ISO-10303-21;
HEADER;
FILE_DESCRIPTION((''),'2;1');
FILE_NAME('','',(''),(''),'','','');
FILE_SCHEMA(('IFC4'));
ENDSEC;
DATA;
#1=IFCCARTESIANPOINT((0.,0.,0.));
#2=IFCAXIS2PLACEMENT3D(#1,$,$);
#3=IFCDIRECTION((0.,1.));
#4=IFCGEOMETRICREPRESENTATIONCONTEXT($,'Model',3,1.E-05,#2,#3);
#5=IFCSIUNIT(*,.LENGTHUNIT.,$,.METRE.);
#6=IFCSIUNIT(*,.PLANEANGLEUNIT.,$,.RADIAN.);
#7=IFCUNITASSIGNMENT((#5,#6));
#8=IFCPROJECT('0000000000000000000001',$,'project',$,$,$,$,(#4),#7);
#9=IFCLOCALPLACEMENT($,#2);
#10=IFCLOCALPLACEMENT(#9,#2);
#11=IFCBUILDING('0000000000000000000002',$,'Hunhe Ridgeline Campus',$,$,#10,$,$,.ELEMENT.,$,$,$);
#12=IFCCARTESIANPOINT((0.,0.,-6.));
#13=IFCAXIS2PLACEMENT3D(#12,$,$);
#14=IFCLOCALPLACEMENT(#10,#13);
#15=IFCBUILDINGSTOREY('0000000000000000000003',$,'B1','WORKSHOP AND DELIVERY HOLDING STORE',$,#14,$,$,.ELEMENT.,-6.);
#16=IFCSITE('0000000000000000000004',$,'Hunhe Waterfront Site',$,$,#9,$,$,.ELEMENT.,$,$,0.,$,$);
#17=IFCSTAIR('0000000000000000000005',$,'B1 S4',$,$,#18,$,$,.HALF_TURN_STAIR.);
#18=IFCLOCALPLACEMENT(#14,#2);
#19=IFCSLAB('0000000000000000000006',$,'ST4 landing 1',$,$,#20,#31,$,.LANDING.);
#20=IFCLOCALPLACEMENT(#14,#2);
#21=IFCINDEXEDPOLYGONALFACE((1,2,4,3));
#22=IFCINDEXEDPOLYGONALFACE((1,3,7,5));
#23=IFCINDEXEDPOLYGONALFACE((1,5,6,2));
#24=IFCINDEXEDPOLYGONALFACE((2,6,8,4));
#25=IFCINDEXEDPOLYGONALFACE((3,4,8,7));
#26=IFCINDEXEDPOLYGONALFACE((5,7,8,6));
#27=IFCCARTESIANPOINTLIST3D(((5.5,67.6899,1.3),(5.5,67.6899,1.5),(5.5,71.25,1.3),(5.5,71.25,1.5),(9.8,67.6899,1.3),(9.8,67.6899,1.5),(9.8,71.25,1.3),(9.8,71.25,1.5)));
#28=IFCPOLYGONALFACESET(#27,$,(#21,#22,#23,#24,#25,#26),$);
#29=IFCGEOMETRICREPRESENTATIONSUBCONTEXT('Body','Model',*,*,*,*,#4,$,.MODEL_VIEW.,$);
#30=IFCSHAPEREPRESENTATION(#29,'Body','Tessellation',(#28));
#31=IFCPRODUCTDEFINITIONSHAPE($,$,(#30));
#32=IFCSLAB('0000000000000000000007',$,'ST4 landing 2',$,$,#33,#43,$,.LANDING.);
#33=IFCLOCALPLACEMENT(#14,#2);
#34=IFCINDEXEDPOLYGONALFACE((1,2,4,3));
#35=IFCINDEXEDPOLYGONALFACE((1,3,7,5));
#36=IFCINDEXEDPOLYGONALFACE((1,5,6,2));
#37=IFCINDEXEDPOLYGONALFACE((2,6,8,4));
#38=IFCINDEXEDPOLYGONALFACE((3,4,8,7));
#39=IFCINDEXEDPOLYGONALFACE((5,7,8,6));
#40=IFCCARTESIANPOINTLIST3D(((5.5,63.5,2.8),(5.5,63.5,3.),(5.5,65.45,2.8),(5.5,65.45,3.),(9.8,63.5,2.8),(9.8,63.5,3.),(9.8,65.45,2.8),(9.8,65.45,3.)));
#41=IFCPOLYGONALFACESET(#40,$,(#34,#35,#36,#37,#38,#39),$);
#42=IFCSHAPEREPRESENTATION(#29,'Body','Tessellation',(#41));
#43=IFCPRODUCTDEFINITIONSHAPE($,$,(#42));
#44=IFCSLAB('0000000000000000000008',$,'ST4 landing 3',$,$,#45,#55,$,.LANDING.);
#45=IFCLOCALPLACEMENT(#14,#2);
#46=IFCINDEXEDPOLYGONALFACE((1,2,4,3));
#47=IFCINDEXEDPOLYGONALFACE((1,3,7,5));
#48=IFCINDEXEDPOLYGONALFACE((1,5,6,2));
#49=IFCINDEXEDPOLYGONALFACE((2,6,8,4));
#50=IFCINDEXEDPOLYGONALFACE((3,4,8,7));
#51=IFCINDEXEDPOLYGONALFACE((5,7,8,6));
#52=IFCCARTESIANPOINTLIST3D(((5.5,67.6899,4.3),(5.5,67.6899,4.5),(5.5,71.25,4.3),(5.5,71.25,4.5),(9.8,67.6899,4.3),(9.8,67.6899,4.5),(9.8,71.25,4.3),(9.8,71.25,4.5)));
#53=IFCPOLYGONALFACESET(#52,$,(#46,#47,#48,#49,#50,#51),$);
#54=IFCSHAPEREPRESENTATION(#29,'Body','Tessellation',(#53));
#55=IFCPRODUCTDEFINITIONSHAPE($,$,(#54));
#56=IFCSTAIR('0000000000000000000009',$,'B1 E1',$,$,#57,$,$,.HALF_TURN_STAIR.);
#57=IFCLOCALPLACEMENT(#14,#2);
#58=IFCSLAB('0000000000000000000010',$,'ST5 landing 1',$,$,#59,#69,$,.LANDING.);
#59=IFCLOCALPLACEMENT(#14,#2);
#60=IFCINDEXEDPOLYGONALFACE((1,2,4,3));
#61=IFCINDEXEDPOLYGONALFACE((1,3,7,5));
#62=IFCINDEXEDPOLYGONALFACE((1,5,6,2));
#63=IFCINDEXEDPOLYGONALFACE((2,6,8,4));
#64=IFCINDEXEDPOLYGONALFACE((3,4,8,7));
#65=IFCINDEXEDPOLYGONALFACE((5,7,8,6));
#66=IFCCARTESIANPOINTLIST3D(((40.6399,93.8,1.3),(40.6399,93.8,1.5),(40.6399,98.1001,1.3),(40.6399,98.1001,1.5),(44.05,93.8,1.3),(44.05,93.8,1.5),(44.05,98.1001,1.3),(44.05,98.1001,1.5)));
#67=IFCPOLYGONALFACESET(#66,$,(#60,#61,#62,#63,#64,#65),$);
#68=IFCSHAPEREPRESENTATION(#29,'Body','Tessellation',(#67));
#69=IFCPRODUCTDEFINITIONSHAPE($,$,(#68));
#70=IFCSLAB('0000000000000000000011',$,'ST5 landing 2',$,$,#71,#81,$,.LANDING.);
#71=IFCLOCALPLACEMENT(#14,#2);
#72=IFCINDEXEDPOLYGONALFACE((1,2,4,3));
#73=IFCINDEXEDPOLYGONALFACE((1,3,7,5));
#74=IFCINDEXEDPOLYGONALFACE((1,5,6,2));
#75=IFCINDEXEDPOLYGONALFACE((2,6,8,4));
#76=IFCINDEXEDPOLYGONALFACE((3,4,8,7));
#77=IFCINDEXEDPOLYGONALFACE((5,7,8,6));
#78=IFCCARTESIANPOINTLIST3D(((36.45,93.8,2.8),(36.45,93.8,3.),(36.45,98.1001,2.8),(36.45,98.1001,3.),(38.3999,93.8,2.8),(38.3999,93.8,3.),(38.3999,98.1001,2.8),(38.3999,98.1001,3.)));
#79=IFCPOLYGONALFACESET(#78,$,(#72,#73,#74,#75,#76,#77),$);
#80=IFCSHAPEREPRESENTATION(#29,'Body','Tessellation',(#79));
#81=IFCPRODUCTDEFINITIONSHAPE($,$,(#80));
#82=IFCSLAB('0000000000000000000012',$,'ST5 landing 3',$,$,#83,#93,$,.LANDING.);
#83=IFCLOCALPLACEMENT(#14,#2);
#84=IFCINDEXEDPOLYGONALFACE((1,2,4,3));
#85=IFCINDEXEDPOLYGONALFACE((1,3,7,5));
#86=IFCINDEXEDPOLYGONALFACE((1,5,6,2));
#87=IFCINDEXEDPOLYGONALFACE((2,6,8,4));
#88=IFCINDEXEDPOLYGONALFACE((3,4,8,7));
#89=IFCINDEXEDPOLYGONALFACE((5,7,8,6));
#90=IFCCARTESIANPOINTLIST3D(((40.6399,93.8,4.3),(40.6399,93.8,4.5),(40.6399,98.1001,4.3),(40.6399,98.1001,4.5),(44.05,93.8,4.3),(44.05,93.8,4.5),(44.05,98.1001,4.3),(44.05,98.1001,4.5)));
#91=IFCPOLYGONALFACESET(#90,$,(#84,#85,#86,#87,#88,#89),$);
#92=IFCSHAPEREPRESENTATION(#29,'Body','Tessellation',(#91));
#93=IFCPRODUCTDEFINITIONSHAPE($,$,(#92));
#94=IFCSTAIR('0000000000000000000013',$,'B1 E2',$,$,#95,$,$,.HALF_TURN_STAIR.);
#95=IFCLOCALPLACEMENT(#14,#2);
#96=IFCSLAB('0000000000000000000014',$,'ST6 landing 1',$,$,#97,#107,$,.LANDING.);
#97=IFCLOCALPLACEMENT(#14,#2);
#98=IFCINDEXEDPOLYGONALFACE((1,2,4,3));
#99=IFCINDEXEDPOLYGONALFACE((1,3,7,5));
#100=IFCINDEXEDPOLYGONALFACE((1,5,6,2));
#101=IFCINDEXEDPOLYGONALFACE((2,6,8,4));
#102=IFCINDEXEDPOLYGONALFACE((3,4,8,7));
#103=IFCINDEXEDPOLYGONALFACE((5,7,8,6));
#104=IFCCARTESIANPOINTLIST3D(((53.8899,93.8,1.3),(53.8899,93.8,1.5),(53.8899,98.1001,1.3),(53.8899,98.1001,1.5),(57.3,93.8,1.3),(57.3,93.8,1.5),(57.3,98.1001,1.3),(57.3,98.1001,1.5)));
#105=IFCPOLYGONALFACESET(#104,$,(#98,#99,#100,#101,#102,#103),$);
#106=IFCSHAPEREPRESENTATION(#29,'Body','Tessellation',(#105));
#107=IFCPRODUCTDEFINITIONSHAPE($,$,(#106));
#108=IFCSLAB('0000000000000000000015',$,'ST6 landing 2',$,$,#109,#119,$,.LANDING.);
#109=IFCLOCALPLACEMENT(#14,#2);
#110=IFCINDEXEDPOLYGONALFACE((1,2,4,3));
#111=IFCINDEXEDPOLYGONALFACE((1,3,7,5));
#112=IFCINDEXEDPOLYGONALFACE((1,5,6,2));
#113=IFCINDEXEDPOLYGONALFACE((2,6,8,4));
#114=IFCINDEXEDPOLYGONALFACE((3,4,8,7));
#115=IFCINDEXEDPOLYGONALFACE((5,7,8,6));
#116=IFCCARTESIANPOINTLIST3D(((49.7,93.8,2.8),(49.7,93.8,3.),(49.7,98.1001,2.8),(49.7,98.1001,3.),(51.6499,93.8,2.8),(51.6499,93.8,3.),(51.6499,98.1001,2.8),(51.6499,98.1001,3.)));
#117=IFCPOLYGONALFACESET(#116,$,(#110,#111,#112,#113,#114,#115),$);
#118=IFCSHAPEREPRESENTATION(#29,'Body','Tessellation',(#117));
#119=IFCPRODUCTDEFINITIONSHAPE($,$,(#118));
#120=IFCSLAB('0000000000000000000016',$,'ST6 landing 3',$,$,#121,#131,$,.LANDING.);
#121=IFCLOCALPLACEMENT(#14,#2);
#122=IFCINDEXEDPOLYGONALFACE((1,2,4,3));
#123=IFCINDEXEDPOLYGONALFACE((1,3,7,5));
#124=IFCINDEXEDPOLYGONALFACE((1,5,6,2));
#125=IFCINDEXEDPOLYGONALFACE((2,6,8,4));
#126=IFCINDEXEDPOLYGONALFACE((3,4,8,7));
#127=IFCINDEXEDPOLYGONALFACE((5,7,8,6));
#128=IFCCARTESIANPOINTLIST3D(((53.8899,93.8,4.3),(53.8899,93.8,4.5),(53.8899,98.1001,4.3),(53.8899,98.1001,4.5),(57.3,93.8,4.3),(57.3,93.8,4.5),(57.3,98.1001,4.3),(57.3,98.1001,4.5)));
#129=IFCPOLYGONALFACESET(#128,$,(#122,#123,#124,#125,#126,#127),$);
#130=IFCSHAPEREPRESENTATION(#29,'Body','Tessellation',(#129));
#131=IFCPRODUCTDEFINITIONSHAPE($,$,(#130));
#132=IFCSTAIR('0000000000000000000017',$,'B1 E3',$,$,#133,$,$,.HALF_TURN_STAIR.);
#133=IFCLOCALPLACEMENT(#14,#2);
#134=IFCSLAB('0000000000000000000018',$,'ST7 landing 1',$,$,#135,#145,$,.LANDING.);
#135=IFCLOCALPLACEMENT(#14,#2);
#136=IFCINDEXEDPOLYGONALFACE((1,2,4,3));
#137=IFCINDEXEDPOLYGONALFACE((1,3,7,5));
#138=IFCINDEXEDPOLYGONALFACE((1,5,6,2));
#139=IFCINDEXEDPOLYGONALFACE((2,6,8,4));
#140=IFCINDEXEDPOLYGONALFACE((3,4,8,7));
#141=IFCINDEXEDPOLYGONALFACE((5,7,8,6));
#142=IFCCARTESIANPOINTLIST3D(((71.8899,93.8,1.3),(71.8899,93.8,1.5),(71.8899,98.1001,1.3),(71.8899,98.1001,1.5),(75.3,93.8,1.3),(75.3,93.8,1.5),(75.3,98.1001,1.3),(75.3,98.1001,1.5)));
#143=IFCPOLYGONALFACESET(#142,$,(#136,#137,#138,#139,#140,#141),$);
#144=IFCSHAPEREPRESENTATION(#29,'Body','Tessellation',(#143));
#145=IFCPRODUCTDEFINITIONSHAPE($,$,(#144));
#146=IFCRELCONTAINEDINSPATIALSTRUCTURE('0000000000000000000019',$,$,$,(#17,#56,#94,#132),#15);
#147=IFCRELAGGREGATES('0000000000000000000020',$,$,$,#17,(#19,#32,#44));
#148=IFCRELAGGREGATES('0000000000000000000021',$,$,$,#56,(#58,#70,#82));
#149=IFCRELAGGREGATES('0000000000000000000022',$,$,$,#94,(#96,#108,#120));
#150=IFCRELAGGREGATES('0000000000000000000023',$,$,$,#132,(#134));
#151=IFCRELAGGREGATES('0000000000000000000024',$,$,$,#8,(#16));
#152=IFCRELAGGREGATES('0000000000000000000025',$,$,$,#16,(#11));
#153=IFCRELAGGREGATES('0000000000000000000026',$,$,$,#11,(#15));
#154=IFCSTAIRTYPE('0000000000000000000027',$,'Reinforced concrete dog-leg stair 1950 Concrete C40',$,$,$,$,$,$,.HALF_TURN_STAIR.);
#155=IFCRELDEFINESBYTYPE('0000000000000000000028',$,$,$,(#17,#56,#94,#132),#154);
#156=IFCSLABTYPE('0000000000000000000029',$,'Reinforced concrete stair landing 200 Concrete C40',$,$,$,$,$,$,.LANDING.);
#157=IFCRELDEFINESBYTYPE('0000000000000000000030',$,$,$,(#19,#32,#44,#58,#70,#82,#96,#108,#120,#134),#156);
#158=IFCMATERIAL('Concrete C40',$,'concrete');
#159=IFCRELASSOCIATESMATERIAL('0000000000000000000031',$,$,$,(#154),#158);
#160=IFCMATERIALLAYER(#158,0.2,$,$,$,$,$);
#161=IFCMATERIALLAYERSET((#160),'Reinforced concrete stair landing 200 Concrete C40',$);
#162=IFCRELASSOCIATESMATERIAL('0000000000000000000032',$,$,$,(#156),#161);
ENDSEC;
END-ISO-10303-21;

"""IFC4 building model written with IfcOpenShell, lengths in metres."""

from ifc_helpers import new_model, si_unit, direction, frame, origin, place, context, subcontext, project, spatial, polyline, outline, extrude, material, layer, layer_set, type_object, element, aggregate, save


model = new_model("IFC4")

# Units and contexts
model_context = context("Model", 3, precision=1e-05, world=origin(), true_north=direction((0.0, 1.0)))
body_context = subcontext(model_context, "Body", "Model", "MODEL_VIEW")
ifc_project = project(units=[si_unit("LENGTHUNIT", "METRE"), si_unit("PLANEANGLEUNIT", "RADIAN")], contexts=[model_context])

# Site, building, storey
site_placement = place(None, origin())
site = spatial("IfcSite", under=ifc_project, at=site_placement, Name="Hunhe Waterfront Site", CompositionType="ELEMENT", RefElevation=0.0)
building_placement = place(site_placement, origin())
building = spatial("IfcBuilding", under=site, at=building_placement, Name="Hunhe Ridgeline Campus", CompositionType="ELEMENT")
storey_placement = place(building_placement, frame((0.0, 0.0, -6.0)))
storey = spatial("IfcBuildingStorey", under=building, at=storey_placement, Name="B1", Description="WORKSHOP AND DELIVERY HOLDING STORE", CompositionType="ELEMENT", Elevation=-6.0)

# Shared definitions
ifc_material = material(Name="Concrete C40", Category="concrete")

# Stairs, slabs
stair_type = type_object("IfcStairType", Name="Reinforced concrete dog-leg stair 1950 Concrete C40", PredefinedType="HALF_TURN_STAIR", material=ifc_material)
ifc_layer_1 = layer(ifc_material, 0.2)
ifc_layer_set_1 = layer_set([ifc_layer_1], Name="Reinforced concrete stair landing 200 Concrete C40")
slab_type_1 = type_object("IfcSlabType", Name="Reinforced concrete stair landing 200 Concrete C40", PredefinedType="LANDING", material=ifc_layer_set_1)
stair_1_placement = place(storey_placement, origin())
stair_1 = element("IfcStair", 1, at=stair_1_placement, inside=storey, type_object=stair_type, Name="B1 S4", PredefinedType="HALF_TURN_STAIR")
slab_1_placement = place(storey_placement, frame((0.0, 0.0, 1.3)))
slab_1 = element("IfcSlab", 2, at=slab_1_placement, type_object=slab_type_1, Name="ST4 landing 1", PredefinedType="LANDING", context=body_context, shape_type="SweptSolid", body=[
    extrude(outline(polyline([(9.8, 67.6899), (9.8, 71.25), (5.5, 71.25), (5.5, 67.6899), (9.8, 67.6899)])), origin(), (0.0, 0.0, 1.0), 0.2),
])
slab_2_placement = place(storey_placement, frame((0.0, 0.0, 2.8)))
slab_2 = element("IfcSlab", 3, at=slab_2_placement, type_object=slab_type_1, Name="ST4 landing 2", PredefinedType="LANDING", context=body_context, shape_type="SweptSolid", body=[
    extrude(outline(polyline([(9.8, 63.5), (9.8, 65.45), (5.5, 65.45), (5.5, 63.5), (9.8, 63.5)])), origin(), (0.0, 0.0, 1.0), 0.2),
])
slab_3_placement = place(storey_placement, frame((0.0, 0.0, 4.3)))
slab_3 = element("IfcSlab", 4, at=slab_3_placement, type_object=slab_type_1, Name="ST4 landing 3", PredefinedType="LANDING", context=body_context, shape_type="SweptSolid", body=[
    extrude(outline(polyline([(9.8, 67.6899), (9.8, 71.25), (5.5, 71.25), (5.5, 67.6899), (9.8, 67.6899)])), origin(), (0.0, 0.0, 1.0), 0.2),
])
aggregate(stair_1, [slab_1, slab_2, slab_3])
stair_2_placement = place(storey_placement, origin())
stair_2 = element("IfcStair", 5, at=stair_2_placement, inside=storey, type_object=stair_type, Name="B1 E1", PredefinedType="HALF_TURN_STAIR")
slab_4_placement = place(storey_placement, frame((0.0, 0.0, 1.3)))
slab_4 = element("IfcSlab", 6, at=slab_4_placement, type_object=slab_type_1, Name="ST5 landing 1", PredefinedType="LANDING", context=body_context, shape_type="SweptSolid", body=[
    extrude(outline(polyline([(40.6399, 93.8), (44.05, 93.8), (44.05, 98.1001), (40.6399, 98.1001), (40.6399, 93.8)])), origin(), (0.0, 0.0, 1.0), 0.2),
])
slab_5_placement = place(storey_placement, frame((0.0, 0.0, 2.8)))
slab_5 = element("IfcSlab", 7, at=slab_5_placement, type_object=slab_type_1, Name="ST5 landing 2", PredefinedType="LANDING", context=body_context, shape_type="SweptSolid", body=[
    extrude(outline(polyline([(36.45, 93.8), (38.3999, 93.8), (38.3999, 98.1001), (36.45, 98.1001), (36.45, 93.8)])), origin(), (0.0, 0.0, 1.0), 0.2),
])
slab_6_placement = place(storey_placement, frame((0.0, 0.0, 4.3)))
slab_6 = element("IfcSlab", 8, at=slab_6_placement, type_object=slab_type_1, Name="ST5 landing 3", PredefinedType="LANDING", context=body_context, shape_type="SweptSolid", body=[
    extrude(outline(polyline([(40.6399, 93.8), (44.05, 93.8), (44.05, 98.1001), (40.6399, 98.1001), (40.6399, 93.8)])), origin(), (0.0, 0.0, 1.0), 0.2),
])
aggregate(stair_2, [slab_4, slab_5, slab_6])
stair_3_placement = place(storey_placement, origin())
stair_3 = element("IfcStair", 9, at=stair_3_placement, inside=storey, type_object=stair_type, Name="B1 E2", PredefinedType="HALF_TURN_STAIR")
slab_7_placement = place(storey_placement, frame((0.0, 0.0, 1.3)))
slab_7 = element("IfcSlab", 10, at=slab_7_placement, type_object=slab_type_1, Name="ST6 landing 1", PredefinedType="LANDING", context=body_context, shape_type="SweptSolid", body=[
    extrude(outline(polyline([(53.8899, 93.8), (57.3, 93.8), (57.3, 98.1001), (53.8899, 98.1001), (53.8899, 93.8)])), origin(), (0.0, 0.0, 1.0), 0.2),
])
slab_8_placement = place(storey_placement, frame((0.0, 0.0, 2.8)))
slab_8 = element("IfcSlab", 11, at=slab_8_placement, type_object=slab_type_1, Name="ST6 landing 2", PredefinedType="LANDING", context=body_context, shape_type="SweptSolid", body=[
    extrude(outline(polyline([(49.7, 93.8), (51.6499, 93.8), (51.6499, 98.1001), (49.7, 98.1001), (49.7, 93.8)])), origin(), (0.0, 0.0, 1.0), 0.2),
])
slab_9_placement = place(storey_placement, frame((0.0, 0.0, 4.3)))
slab_9 = element("IfcSlab", 12, at=slab_9_placement, type_object=slab_type_1, Name="ST6 landing 3", PredefinedType="LANDING", context=body_context, shape_type="SweptSolid", body=[
    extrude(outline(polyline([(53.8899, 93.8), (57.3, 93.8), (57.3, 98.1001), (53.8899, 98.1001), (53.8899, 93.8)])), origin(), (0.0, 0.0, 1.0), 0.2),
])
aggregate(stair_3, [slab_7, slab_8, slab_9])

# Stair, slab
stair_4_placement = place(storey_placement, origin())
stair_4 = element("IfcStair", 13, at=stair_4_placement, inside=storey, type_object=stair_type, Name="B1 E3", PredefinedType="HALF_TURN_STAIR")
slab_10_placement = place(storey_placement, frame((0.0, 0.0, 1.3)))
slab_10 = element("IfcSlab", 14, at=slab_10_placement, type_object=slab_type_1, Name="ST7 landing 1", PredefinedType="LANDING", context=body_context, shape_type="SweptSolid", body=[
    extrude(outline(polyline([(71.8899, 93.8), (75.3, 93.8), (75.3, 98.1001), (71.8899, 98.1001), (71.8899, 93.8)])), origin(), (0.0, 0.0, 1.0), 0.2),
])
aggregate(stair_4, [slab_10])

save(model, "model.ifc")
